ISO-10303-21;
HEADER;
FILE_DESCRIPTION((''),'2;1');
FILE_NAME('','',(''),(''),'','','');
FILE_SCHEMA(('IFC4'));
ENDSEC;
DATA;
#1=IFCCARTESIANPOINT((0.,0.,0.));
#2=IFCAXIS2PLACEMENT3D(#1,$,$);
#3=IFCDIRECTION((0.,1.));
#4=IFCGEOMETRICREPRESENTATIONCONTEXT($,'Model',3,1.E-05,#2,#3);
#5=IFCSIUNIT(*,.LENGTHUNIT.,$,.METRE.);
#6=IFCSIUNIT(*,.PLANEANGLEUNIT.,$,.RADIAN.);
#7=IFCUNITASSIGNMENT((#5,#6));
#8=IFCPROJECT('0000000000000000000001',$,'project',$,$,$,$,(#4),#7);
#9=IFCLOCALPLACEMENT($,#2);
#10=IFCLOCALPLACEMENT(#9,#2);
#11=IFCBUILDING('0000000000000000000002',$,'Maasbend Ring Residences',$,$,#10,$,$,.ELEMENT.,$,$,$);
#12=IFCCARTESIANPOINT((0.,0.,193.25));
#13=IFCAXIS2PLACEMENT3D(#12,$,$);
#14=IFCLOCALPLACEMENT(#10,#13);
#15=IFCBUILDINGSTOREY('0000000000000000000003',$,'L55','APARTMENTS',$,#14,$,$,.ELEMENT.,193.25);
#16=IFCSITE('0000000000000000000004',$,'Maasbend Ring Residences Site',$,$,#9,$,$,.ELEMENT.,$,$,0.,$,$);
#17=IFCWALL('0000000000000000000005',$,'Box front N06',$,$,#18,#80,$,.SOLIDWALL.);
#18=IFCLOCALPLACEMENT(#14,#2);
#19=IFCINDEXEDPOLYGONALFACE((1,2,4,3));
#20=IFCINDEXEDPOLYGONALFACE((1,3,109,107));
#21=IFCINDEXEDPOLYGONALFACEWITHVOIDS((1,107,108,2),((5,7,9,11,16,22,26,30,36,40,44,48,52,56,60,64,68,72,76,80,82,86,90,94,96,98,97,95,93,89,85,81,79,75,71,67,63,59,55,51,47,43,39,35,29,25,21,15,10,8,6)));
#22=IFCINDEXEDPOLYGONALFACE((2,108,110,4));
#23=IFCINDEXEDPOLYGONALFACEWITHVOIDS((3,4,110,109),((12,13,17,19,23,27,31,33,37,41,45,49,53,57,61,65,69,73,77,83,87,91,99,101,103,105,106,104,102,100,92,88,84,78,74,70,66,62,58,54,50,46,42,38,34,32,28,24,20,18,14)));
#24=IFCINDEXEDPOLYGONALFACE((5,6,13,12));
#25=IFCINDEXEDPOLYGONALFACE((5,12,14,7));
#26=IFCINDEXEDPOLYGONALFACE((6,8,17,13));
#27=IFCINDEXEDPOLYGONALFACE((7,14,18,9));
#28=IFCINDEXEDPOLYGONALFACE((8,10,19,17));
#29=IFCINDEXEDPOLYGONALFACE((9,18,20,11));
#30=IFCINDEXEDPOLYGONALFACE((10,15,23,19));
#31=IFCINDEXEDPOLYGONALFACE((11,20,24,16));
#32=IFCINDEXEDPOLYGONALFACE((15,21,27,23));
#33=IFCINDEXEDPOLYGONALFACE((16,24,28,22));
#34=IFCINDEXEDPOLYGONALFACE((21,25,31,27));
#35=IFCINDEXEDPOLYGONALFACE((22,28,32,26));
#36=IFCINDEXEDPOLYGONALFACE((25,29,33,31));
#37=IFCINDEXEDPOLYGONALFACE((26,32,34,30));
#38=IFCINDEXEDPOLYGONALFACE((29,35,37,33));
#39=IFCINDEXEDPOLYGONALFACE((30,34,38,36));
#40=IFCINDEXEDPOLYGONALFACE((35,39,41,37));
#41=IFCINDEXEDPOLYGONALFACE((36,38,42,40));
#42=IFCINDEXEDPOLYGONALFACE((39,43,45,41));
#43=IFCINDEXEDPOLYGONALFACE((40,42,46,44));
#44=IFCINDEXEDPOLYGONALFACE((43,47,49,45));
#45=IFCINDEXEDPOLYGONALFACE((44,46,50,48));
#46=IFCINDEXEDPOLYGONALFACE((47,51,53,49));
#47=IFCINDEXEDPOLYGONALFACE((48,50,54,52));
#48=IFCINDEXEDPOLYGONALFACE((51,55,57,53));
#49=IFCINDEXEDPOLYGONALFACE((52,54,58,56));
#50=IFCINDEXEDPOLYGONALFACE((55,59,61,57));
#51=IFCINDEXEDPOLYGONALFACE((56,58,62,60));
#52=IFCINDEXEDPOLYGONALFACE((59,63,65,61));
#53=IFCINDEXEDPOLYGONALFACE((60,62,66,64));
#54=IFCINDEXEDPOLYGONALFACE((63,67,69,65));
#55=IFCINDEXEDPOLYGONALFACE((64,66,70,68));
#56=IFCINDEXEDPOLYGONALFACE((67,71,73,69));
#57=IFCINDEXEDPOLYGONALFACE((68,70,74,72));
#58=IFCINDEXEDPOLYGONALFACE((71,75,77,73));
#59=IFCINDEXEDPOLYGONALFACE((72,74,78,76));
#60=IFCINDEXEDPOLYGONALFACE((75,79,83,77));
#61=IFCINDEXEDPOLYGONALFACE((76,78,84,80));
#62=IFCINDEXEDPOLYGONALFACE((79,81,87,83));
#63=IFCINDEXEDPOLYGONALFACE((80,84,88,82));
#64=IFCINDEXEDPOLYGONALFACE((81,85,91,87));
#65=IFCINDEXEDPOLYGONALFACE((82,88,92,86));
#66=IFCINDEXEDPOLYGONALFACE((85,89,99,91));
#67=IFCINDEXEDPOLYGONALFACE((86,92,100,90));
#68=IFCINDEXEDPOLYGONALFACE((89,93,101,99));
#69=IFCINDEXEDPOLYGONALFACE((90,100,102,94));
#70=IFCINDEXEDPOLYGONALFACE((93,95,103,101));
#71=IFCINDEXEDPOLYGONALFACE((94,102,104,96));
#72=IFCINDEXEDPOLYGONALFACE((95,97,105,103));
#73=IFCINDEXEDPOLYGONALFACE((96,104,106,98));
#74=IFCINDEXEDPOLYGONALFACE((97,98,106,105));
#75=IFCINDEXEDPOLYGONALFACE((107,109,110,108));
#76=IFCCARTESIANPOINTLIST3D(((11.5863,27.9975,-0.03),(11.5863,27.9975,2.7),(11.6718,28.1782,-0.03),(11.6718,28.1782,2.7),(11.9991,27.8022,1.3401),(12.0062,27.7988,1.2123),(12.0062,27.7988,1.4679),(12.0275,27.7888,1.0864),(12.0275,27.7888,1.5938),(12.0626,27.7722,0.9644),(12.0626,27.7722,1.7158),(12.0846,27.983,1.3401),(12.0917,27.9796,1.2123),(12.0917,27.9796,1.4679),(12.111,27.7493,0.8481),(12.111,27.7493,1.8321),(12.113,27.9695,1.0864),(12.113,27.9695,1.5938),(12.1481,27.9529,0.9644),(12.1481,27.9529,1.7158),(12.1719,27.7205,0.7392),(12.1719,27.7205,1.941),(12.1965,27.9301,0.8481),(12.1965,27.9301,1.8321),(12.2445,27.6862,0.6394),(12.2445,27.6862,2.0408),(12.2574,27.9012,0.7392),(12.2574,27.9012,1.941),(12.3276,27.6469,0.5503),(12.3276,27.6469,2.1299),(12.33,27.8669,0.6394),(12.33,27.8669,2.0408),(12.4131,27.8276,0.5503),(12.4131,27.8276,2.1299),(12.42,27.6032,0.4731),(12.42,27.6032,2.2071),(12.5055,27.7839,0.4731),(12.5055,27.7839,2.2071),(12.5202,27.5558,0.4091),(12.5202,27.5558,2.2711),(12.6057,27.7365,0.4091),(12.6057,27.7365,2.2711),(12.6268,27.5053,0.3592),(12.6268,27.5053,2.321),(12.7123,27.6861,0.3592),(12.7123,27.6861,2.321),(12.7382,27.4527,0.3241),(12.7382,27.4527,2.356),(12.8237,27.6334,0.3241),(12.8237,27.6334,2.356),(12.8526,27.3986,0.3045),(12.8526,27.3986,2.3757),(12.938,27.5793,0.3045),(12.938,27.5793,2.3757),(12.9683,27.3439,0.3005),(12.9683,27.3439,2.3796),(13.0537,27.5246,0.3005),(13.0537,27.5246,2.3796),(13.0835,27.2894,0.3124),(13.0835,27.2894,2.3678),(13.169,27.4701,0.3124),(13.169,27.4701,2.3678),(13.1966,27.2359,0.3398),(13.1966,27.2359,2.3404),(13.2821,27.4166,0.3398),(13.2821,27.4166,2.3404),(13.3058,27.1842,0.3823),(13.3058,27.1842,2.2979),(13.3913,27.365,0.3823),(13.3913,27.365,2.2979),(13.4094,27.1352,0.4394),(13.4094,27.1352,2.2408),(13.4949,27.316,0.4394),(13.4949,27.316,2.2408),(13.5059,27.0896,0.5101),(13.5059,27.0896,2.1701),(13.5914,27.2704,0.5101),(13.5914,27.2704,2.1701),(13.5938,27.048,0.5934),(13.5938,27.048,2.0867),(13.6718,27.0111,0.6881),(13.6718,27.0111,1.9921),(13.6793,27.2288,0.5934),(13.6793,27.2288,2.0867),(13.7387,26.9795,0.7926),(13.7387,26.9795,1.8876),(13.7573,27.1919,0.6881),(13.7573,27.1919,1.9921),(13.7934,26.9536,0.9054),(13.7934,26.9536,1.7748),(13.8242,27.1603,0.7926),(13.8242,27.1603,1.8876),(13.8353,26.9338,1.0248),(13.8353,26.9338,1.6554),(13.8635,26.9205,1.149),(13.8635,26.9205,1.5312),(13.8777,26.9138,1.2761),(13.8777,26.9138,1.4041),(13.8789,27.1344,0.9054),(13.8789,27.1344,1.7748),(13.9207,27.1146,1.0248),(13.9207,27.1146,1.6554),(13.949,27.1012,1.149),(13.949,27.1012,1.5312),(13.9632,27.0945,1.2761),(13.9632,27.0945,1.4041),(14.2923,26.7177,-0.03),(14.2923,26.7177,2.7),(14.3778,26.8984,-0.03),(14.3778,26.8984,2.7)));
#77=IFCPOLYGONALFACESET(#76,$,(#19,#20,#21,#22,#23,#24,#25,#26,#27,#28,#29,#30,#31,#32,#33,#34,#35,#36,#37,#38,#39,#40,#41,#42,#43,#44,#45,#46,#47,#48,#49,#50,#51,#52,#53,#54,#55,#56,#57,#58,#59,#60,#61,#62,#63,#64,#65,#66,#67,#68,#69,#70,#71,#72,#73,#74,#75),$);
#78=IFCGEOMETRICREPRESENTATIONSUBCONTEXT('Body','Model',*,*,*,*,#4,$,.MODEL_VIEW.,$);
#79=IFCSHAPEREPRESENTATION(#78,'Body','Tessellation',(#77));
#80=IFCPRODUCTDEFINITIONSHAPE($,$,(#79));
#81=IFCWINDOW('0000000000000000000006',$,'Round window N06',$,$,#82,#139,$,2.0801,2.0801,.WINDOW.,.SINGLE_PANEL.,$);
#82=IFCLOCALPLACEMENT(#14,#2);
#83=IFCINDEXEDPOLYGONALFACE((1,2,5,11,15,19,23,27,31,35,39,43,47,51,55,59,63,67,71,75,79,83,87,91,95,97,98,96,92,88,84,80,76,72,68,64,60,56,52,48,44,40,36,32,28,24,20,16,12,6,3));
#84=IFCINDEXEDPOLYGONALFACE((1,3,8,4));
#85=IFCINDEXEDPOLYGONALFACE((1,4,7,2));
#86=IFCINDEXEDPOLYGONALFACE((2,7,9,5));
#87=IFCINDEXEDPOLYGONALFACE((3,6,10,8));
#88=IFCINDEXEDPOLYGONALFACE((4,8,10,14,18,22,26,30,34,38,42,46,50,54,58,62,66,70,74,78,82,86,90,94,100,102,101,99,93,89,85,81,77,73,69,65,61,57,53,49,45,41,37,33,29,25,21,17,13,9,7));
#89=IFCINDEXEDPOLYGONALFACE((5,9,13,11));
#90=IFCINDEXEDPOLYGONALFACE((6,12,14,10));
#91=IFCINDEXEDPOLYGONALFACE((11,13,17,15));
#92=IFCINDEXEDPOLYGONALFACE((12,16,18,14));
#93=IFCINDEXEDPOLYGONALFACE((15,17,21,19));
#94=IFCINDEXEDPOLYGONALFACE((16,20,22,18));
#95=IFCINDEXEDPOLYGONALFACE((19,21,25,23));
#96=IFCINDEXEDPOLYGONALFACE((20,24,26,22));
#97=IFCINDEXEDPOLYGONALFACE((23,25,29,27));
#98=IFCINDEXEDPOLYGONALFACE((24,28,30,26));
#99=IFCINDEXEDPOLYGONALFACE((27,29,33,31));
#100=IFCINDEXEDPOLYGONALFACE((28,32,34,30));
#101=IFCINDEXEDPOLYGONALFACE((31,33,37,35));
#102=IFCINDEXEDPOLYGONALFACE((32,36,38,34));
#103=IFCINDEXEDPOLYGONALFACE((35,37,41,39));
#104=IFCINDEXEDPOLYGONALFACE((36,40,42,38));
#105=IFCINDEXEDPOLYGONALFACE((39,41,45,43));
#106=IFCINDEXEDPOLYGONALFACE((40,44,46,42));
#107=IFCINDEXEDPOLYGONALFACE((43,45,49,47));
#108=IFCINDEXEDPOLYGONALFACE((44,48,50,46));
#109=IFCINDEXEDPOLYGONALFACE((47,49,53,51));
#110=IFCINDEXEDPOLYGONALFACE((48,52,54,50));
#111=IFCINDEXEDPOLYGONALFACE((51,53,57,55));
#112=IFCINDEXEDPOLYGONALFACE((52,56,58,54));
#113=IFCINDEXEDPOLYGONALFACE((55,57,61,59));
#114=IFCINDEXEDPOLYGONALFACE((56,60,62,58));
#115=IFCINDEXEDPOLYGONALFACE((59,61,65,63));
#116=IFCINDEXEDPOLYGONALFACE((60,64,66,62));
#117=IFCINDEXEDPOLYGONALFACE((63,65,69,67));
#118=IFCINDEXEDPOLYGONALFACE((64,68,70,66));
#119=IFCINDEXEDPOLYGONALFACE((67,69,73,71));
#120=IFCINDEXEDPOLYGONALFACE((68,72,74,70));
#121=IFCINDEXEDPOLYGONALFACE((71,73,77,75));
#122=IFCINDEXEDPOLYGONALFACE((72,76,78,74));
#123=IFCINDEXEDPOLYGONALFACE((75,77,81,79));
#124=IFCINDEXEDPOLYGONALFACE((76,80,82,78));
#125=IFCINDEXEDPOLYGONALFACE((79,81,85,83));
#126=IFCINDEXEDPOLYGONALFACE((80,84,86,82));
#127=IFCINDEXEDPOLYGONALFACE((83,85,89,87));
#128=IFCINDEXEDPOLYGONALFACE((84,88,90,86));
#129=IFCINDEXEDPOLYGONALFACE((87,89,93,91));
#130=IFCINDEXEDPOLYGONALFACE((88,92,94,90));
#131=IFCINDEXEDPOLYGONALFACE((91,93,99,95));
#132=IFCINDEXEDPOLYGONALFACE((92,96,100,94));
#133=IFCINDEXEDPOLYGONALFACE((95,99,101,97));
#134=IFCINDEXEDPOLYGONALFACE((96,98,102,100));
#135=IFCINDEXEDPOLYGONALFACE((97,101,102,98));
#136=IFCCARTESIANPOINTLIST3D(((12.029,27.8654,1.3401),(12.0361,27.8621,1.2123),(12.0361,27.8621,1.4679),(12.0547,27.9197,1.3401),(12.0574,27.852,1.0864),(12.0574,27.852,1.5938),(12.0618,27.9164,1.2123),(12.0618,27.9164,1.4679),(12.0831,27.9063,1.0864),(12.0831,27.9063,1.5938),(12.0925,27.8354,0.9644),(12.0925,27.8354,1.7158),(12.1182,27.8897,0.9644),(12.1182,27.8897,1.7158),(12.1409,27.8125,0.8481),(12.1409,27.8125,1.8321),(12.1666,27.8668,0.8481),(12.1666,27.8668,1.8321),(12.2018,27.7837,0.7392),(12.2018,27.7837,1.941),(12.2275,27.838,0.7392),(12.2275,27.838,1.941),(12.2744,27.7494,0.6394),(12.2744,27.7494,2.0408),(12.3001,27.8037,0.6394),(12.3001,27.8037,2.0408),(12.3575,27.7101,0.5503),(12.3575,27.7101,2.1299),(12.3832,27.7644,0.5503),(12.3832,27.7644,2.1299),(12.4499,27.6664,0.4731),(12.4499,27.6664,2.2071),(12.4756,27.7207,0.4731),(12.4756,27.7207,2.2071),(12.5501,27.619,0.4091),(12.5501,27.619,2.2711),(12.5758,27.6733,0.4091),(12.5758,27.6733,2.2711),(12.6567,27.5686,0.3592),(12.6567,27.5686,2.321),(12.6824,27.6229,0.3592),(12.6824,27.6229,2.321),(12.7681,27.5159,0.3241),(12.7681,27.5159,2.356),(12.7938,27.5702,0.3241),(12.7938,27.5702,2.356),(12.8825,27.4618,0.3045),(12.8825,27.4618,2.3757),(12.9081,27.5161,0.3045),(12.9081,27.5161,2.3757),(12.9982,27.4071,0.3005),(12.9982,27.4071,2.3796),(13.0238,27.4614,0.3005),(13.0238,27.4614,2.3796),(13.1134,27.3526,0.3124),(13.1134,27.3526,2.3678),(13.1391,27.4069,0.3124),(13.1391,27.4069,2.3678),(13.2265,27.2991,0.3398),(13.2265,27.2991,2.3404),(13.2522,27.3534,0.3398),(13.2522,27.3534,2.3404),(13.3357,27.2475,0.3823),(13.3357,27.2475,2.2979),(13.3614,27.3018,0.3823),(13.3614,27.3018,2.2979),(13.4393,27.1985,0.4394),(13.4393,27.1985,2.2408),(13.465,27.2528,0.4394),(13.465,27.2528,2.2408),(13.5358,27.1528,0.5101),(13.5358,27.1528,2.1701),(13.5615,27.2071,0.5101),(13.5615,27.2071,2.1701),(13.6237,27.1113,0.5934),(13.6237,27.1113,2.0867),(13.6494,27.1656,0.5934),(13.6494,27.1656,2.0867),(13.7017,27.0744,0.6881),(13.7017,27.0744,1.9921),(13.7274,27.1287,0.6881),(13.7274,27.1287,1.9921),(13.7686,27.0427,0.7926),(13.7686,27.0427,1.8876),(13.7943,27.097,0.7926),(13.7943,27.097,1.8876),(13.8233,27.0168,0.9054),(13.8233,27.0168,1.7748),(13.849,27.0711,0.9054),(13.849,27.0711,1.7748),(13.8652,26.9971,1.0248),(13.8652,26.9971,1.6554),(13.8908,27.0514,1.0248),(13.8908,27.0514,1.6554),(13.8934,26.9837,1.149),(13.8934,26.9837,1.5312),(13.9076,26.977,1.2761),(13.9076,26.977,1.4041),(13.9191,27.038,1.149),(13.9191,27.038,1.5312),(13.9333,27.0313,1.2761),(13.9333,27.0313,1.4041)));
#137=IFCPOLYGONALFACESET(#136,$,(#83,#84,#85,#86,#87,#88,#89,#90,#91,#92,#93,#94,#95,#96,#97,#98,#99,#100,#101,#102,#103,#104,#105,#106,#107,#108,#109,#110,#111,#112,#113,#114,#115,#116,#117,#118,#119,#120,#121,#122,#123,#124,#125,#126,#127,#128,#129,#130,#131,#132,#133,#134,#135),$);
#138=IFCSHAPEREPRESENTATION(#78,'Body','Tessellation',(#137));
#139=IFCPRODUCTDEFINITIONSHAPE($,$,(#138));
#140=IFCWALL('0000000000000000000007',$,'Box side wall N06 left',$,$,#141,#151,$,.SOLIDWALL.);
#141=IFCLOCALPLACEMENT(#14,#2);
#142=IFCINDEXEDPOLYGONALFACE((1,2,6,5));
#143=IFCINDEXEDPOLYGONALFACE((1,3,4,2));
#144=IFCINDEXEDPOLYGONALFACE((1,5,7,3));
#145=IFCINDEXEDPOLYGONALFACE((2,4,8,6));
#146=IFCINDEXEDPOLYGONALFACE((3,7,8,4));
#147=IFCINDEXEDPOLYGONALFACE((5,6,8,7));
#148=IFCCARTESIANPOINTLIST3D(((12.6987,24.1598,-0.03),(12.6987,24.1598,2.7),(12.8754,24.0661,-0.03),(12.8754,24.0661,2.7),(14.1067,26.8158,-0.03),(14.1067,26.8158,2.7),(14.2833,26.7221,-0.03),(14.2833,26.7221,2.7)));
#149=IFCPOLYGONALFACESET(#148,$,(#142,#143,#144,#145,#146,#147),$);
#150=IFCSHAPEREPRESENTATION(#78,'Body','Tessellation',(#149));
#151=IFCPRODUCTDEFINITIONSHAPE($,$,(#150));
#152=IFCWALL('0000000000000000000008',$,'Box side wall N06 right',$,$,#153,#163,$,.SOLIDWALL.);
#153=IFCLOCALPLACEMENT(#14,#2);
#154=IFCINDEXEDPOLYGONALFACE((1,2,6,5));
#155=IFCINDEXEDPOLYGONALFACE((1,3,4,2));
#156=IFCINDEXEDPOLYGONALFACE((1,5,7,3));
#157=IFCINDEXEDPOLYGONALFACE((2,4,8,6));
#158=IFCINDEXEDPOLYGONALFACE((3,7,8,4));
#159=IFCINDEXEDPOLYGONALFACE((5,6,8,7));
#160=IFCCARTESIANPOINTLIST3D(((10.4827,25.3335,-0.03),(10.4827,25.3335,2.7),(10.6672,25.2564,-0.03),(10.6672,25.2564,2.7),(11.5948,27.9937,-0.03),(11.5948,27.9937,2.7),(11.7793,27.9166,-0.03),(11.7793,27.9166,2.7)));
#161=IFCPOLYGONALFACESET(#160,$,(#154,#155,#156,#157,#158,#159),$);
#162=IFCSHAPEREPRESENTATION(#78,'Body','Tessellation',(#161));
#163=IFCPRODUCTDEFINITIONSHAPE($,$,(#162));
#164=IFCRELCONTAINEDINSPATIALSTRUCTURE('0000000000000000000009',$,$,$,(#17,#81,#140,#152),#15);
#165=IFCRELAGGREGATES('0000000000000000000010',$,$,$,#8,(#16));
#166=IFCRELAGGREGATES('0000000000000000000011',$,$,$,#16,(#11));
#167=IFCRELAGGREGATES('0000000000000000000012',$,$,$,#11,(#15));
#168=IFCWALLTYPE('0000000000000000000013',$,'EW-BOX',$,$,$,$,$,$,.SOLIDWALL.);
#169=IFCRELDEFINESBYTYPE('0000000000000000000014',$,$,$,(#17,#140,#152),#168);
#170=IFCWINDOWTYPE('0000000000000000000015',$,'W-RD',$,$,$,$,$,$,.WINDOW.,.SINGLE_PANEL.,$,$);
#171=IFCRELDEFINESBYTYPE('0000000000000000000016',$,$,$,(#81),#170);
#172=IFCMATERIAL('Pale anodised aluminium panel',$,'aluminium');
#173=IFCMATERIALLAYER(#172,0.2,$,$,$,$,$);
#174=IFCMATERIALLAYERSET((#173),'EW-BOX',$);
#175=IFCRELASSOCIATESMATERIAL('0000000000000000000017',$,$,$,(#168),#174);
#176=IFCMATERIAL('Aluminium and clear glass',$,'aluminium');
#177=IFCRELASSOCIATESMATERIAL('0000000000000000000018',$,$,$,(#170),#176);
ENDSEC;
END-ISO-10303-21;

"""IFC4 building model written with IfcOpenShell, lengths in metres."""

from ifc_helpers import new_model, si_unit, direction, frame, frame_2d, origin, place, context, subcontext, project, spatial, rectangle, circle, extrude, material, layer, layer_set, type_object, element, fill, save


model = new_model("IFC4")

# Units and contexts
model_context = context("Model", 3, precision=1e-05, world=origin(), true_north=direction((0.0, 1.0)))
body_context = subcontext(model_context, "Body", "Model", "MODEL_VIEW")
ifc_project = project(units=[si_unit("LENGTHUNIT", "METRE"), si_unit("PLANEANGLEUNIT", "RADIAN")], contexts=[model_context])

# Site, building, storey
site_placement = place(None, origin())
site = spatial("IfcSite", under=ifc_project, at=site_placement, Name="Maasbend Ring Residences Site", CompositionType="ELEMENT", RefElevation=0.0)
building_placement = place(site_placement, origin())
building = spatial("IfcBuilding", under=site, at=building_placement, Name="Maasbend Ring Residences", CompositionType="ELEMENT")
storey_placement = place(building_placement, frame((0.0, 0.0, 193.25)))
storey = spatial("IfcBuildingStorey", under=building, at=storey_placement, Name="L55", Description="APARTMENTS", CompositionType="ELEMENT", Elevation=193.25)

# Shared definitions
ifc_material_1 = material(Name="Pale anodised aluminium panel", Category="aluminium")
ifc_layer_1 = layer(ifc_material_1, 0.2)
ifc_layer_set_1 = layer_set([ifc_layer_1], Name="EW-BOX")
wall_type_1 = type_object("IfcWallType", Name="EW-BOX", PredefinedType="SOLIDWALL", material=ifc_layer_set_1)

# Shared definitions
ifc_material_2 = material(Name="Aluminium and clear glass", Category="aluminium")
window_type_1 = type_object("IfcWindowType", Name="W-RD", PartitioningType="SINGLE_PANEL", PredefinedType="WINDOW", material=ifc_material_2)

# Wall, opening, window
wall_1_placement = place(storey_placement, frame((14.335, 26.8081, -0.03), z_axis=(0.0, 0.0, 1.0), x_axis=(-0.904, 0.427532, 0.0)))
wall_1 = element("IfcWall", 1, at=wall_1_placement, inside=storey, type_object=wall_type_1, Name="Box front N06", PredefinedType="SOLIDWALL", context=body_context, shape_type="SweptSolid", body=[
    extrude(rectangle(XDim=2.9934, YDim=0.2, at=frame_2d((1.4966, 0.0))), origin(), (0.0, 0.0, 1.0), 2.73),
])
opening_1_placement = place(wall_1_placement, frame((0.4565, 0.0, 0.3301)))
opening_1 = element("IfcOpeningElement", 2, at=opening_1_placement, cuts=wall_1, PredefinedType="OPENING", context=body_context, shape_type="SweptSolid", body=[
    extrude(circle(Radius=1.04, at=frame_2d((1.04, 1.04))), frame((0.0, 0.1099, 0.0), z_axis=(0.0, -1.0, 0.0), x_axis=(1.0, 0.0, 0.0)), (0.0, 0.0, 1.0), 0.22),
])
window_1_placement = place(opening_1_placement, origin())
window_1 = element("IfcWindow", 3, at=window_1_placement, inside=storey, type_object=window_type_1, Name="Round window N06", OverallHeight=2.0801, OverallWidth=2.0801, PartitioningType="SINGLE_PANEL", PredefinedType="WINDOW", context=body_context, shape_type="SweptSolid", body=[
    extrude(circle(Radius=1.04, at=frame_2d((1.04, 1.04))), frame((0.0, 0.03, 0.0), z_axis=(0.0, -1.0, 0.0), x_axis=(1.0, 0.0, 0.0)), (0.0, 0.0, 1.0), 0.0601),
])
fill(opening_1, window_1)

# Walls
wall_2_placement = place(storey_placement, frame((12.7871, 24.113, -0.03), z_axis=(0.0, 0.0, 1.0), x_axis=(0.468365, 0.883535, 0.0)))
element("IfcWall", 4, at=wall_2_placement, inside=storey, type_object=wall_type_1, Name="Box side wall N06 left", PredefinedType="SOLIDWALL", context=body_context, shape_type="SweptSolid", body=[
    extrude(rectangle(XDim=3.0061, YDim=0.2, at=frame_2d((1.5029, 0.0))), origin(), (0.0, 0.0, 1.0), 2.73),
])
wall_3_placement = place(storey_placement, frame((10.575, 25.2949, -0.03), z_axis=(0.0, 0.0, 1.0), x_axis=(0.385697, 0.922625, 0.0)))
element("IfcWall", 5, at=wall_3_placement, inside=storey, type_object=wall_type_1, Name="Box side wall N06 right", PredefinedType="SOLIDWALL", context=body_context, shape_type="SweptSolid", body=[
    extrude(rectangle(XDim=2.8833, YDim=0.2, at=frame_2d((1.4417, 0.0))), origin(), (0.0, 0.0, 1.0), 2.73),
])

save(model, "model.ifc")
